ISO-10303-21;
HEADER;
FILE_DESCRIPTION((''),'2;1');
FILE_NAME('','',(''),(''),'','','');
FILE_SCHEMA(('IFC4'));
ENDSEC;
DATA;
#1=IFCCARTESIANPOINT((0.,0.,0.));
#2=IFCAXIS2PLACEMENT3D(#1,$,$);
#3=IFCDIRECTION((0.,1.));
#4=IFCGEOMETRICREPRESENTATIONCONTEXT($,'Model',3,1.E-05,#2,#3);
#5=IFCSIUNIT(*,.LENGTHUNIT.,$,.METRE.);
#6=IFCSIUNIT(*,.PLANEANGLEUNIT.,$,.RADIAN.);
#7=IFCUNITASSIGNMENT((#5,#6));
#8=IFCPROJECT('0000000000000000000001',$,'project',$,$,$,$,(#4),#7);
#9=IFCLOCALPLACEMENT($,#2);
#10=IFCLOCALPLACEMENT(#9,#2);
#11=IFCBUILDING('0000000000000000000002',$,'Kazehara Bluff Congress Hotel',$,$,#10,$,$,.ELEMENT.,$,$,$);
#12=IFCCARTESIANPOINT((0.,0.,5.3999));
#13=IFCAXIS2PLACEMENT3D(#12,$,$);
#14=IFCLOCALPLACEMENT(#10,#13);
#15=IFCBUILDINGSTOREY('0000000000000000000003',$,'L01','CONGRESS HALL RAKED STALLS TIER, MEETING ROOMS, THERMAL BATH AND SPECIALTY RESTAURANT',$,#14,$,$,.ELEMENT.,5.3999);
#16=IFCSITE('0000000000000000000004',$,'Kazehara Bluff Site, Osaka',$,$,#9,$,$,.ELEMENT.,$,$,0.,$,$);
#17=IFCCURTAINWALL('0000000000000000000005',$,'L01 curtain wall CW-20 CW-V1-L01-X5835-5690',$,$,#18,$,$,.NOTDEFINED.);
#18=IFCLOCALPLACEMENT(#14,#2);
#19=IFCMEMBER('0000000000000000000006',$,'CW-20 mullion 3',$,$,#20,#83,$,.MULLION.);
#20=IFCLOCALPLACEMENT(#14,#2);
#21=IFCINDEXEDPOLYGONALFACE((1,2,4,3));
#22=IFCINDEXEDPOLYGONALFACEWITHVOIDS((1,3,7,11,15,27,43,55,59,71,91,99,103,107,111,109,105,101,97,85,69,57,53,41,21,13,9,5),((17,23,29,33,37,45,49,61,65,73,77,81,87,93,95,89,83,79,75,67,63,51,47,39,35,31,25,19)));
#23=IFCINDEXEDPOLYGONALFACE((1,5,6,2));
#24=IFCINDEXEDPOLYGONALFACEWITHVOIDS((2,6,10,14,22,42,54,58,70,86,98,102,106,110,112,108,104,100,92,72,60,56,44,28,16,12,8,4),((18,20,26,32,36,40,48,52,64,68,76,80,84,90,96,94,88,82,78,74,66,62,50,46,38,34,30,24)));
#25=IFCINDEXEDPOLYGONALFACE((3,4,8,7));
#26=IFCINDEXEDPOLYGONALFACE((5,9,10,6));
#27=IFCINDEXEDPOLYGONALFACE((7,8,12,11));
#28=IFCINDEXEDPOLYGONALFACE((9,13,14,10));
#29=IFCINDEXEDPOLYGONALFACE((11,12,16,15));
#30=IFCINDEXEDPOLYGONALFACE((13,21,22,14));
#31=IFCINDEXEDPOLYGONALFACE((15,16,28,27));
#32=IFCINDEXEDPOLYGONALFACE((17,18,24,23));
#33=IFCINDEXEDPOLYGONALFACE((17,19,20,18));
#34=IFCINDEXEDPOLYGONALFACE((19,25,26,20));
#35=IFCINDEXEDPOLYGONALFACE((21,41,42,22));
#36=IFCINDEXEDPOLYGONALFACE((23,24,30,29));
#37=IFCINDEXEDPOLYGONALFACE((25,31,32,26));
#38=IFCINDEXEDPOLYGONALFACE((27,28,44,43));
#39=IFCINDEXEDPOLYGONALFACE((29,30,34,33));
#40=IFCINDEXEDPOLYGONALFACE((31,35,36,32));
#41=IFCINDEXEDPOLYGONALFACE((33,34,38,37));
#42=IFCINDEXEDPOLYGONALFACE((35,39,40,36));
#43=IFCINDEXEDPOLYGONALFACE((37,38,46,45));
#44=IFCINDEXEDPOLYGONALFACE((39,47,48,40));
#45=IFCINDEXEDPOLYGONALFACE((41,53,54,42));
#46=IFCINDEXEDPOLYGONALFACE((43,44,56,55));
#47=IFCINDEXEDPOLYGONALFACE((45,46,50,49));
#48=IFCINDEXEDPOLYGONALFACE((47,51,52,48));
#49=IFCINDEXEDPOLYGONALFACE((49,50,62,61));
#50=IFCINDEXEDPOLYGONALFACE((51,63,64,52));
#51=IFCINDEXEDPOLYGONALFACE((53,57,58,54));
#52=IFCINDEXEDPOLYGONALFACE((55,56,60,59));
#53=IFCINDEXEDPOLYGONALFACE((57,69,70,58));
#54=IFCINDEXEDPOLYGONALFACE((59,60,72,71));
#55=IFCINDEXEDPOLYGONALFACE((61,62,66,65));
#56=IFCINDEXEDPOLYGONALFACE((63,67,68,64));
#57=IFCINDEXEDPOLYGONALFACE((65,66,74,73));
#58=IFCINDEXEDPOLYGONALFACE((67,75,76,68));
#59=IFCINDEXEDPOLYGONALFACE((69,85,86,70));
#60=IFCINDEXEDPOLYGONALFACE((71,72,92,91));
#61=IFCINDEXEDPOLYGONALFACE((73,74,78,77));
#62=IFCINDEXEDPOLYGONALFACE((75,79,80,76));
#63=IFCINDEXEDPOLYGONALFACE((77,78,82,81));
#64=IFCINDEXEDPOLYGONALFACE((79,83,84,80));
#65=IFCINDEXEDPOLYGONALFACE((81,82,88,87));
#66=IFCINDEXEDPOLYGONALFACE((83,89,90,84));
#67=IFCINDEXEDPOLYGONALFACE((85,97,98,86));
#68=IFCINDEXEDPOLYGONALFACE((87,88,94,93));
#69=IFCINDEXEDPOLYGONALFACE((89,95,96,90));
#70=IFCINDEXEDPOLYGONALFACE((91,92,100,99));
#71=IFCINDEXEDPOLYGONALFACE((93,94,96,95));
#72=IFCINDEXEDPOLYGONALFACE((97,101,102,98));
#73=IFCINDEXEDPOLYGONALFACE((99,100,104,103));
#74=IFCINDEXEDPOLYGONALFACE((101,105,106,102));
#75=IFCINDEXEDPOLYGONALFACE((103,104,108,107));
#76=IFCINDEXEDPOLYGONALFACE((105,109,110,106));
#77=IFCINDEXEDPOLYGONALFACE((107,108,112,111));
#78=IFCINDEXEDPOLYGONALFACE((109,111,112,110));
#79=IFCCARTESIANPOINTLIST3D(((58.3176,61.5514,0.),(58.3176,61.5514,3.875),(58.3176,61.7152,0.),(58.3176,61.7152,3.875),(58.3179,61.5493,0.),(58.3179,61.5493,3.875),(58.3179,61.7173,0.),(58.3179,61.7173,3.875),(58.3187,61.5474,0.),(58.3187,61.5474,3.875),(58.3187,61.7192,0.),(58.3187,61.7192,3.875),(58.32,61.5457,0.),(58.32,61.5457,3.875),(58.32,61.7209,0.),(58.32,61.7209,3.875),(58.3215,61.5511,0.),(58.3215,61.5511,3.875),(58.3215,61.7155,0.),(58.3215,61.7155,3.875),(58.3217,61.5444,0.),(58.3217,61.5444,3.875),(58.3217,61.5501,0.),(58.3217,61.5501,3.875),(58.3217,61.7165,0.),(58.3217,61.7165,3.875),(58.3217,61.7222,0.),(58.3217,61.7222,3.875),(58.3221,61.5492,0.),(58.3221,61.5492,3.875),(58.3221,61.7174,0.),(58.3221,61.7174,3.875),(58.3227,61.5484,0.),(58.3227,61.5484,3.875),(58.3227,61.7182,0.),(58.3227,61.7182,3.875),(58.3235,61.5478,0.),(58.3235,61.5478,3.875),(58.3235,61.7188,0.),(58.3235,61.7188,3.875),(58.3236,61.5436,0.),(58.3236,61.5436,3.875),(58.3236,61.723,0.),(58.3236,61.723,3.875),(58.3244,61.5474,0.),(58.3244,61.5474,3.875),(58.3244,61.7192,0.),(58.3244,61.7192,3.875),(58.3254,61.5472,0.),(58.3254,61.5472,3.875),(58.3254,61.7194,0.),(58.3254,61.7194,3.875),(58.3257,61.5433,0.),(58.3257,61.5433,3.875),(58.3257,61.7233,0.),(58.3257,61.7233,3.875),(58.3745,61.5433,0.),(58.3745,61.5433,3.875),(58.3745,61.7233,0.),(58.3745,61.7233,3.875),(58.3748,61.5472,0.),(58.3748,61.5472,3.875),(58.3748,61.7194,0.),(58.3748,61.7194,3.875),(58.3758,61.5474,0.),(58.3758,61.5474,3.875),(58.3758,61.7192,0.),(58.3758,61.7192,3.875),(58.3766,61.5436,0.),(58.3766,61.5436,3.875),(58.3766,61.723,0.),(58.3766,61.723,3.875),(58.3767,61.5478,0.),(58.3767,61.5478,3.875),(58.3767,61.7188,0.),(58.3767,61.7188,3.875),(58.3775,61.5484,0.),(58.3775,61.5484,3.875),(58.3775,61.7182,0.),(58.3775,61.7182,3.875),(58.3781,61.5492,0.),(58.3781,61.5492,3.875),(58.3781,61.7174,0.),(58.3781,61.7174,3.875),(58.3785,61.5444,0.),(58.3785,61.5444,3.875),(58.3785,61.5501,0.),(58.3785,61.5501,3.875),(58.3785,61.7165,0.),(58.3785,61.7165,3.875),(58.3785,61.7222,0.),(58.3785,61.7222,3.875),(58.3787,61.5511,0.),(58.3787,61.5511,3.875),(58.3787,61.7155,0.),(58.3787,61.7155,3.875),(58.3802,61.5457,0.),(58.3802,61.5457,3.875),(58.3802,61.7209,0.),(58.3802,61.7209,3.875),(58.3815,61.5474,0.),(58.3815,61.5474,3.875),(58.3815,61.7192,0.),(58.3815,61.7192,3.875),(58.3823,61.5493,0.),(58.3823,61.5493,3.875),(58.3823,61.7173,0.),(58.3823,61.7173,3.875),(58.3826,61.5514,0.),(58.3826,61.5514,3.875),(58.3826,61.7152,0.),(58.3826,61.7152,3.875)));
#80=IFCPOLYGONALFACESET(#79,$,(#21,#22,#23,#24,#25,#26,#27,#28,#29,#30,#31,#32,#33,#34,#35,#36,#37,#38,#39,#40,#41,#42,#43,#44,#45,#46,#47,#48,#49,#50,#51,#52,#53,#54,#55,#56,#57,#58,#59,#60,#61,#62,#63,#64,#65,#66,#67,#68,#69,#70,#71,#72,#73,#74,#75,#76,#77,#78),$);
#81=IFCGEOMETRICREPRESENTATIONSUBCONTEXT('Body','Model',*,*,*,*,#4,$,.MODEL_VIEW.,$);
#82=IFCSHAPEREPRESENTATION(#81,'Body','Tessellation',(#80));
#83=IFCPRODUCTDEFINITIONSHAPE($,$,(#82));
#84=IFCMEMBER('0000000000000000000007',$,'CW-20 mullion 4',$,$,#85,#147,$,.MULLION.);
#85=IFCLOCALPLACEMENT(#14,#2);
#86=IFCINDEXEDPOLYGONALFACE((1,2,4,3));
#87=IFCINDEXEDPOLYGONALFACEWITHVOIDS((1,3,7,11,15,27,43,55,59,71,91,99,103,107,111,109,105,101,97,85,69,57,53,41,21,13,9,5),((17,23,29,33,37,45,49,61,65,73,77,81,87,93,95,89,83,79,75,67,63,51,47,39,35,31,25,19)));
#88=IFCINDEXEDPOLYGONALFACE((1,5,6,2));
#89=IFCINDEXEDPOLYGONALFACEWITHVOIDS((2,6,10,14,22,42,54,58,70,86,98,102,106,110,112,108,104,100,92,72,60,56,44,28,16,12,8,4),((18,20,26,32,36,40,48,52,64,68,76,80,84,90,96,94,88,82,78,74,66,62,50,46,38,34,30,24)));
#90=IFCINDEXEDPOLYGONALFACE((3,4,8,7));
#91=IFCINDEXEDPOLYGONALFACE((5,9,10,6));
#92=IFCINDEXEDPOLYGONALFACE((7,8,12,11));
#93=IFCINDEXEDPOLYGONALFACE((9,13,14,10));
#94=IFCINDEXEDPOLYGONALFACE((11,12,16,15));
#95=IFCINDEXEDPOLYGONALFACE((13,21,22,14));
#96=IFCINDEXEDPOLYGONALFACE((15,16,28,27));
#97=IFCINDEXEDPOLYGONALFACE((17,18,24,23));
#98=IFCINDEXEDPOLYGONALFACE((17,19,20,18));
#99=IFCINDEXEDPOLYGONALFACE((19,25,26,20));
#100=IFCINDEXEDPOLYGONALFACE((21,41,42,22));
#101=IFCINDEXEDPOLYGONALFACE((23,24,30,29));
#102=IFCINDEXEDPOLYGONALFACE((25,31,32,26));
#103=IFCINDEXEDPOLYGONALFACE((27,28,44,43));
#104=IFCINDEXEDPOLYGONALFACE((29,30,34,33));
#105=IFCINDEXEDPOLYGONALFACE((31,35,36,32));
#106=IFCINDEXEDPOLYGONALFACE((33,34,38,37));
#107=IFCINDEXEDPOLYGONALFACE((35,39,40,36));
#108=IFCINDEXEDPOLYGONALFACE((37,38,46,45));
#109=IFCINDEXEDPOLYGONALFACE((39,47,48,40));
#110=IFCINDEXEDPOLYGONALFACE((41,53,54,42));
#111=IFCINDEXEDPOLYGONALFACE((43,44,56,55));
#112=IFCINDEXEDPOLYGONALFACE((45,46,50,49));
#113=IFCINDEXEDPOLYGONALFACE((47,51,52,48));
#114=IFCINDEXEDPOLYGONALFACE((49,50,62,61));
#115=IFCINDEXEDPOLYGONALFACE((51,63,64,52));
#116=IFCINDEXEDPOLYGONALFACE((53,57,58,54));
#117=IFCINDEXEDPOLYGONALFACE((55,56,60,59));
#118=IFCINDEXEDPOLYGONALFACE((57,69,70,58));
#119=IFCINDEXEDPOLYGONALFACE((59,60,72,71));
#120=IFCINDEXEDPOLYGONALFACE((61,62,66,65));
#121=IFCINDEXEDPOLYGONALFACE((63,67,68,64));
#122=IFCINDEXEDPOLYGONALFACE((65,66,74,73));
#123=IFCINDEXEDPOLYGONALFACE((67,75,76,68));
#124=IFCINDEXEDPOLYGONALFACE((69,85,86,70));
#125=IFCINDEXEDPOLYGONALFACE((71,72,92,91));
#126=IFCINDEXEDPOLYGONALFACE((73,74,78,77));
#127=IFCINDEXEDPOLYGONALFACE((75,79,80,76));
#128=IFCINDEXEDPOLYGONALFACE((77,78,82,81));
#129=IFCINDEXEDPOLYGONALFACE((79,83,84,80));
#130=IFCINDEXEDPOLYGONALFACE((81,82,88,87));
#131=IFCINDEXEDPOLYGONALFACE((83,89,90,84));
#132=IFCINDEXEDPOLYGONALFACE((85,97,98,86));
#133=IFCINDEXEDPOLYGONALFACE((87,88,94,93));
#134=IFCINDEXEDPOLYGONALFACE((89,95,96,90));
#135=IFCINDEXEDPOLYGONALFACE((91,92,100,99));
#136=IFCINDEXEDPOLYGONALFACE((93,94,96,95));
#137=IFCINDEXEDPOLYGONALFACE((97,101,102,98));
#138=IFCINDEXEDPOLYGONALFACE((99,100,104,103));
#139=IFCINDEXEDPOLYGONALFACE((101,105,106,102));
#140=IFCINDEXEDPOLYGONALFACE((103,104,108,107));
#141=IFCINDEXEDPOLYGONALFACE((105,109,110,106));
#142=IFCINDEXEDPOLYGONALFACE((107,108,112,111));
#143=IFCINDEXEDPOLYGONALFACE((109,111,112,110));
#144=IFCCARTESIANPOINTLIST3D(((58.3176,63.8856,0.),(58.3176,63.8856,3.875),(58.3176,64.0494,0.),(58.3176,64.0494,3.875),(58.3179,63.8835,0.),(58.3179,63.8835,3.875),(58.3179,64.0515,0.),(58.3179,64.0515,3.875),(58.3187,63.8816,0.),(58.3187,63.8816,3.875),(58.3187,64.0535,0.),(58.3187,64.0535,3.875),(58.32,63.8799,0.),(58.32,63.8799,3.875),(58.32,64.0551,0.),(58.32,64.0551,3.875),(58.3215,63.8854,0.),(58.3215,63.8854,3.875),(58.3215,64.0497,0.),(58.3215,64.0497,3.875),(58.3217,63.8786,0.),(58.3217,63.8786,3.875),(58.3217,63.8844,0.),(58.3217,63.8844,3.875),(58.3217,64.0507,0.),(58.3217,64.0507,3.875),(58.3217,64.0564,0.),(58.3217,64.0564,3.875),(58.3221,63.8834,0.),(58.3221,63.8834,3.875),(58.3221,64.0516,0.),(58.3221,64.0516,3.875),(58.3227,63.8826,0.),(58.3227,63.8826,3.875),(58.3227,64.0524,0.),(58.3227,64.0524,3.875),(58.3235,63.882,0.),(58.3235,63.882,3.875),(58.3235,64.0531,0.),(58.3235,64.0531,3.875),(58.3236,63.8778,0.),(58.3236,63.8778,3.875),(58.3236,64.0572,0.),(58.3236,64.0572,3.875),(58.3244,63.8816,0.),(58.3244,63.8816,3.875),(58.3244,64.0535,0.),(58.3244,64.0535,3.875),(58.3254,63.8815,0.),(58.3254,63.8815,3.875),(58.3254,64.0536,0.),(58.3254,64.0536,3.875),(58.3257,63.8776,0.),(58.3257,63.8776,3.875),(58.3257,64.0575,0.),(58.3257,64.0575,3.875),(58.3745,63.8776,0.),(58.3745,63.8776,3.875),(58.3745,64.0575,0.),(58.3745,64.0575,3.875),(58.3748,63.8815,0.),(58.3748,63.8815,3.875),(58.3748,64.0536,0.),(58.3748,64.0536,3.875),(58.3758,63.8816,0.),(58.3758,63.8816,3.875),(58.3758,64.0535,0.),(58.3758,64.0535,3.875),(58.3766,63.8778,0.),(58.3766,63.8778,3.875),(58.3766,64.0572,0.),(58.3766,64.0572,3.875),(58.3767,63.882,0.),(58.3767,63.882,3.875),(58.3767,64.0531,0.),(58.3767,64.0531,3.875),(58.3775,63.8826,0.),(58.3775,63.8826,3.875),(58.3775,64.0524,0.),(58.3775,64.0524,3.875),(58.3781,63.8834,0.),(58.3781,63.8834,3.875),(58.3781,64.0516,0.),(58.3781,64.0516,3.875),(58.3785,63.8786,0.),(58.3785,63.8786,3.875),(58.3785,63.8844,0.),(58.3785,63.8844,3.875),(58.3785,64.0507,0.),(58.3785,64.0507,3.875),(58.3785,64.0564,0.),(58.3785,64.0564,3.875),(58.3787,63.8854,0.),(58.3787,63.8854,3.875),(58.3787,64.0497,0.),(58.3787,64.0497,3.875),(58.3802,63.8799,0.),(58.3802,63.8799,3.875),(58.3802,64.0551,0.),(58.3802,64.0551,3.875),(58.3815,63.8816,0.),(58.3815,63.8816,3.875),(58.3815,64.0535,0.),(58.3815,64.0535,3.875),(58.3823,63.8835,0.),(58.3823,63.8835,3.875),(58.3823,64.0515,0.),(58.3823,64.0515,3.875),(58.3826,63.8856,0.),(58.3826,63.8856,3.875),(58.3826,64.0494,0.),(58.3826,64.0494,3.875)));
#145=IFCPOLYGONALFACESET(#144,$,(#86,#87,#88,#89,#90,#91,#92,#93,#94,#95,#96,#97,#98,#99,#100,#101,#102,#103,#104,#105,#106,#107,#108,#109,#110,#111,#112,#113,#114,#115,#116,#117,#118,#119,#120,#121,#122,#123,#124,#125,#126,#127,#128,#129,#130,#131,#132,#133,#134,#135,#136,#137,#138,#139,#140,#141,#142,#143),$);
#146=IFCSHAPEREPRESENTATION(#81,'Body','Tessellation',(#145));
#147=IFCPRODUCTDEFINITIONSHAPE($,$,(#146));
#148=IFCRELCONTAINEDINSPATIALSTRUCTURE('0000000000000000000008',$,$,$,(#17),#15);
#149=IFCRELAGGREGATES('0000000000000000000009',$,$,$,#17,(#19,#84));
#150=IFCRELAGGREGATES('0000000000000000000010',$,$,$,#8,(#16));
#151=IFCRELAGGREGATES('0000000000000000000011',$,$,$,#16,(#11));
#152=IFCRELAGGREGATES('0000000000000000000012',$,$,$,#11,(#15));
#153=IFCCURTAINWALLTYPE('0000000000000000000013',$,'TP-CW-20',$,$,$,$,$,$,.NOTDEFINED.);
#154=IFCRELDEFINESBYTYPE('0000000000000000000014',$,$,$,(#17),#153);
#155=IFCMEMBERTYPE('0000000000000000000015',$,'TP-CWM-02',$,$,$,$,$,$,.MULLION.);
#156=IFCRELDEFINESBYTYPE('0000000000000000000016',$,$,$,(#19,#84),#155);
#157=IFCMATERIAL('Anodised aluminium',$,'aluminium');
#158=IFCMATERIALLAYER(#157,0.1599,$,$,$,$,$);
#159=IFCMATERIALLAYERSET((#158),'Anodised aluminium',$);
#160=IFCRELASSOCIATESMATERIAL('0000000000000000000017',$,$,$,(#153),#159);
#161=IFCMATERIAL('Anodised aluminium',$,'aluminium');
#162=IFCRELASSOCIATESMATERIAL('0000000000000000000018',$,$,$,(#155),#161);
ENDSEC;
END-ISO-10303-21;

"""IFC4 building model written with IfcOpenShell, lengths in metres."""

from ifc_helpers import new_model, si_unit, direction, frame, origin, origin_2d, place, context, subcontext, project, spatial, hollow_rectangle, extrude, material, layer, layer_set, material_profile, profile_set, type_object, element, aggregate, save


model = new_model("IFC4")

# Units and contexts
model_context = context("Model", 3, precision=1e-05, world=origin(), true_north=direction((0.0, 1.0)))
body_context = subcontext(model_context, "Body", "Model", "MODEL_VIEW")
ifc_project = project(units=[si_unit("LENGTHUNIT", "METRE"), si_unit("PLANEANGLEUNIT", "RADIAN")], contexts=[model_context])

# Site, building, storey
site_placement = place(None, origin())
site = spatial("IfcSite", under=ifc_project, at=site_placement, Name="Kazehara Bluff Site, Osaka", CompositionType="ELEMENT", RefElevation=0.0)
building_placement = place(site_placement, origin())
building = spatial("IfcBuilding", under=site, at=building_placement, Name="Kazehara Bluff Congress Hotel", CompositionType="ELEMENT")
storey_placement = place(building_placement, frame((0.0, 0.0, 5.3999)))
storey = spatial("IfcBuildingStorey", under=building, at=storey_placement, Name="L01", Description="CONGRESS HALL RAKED STALLS TIER, MEETING ROOMS, THERMAL BATH AND SPECIALTY RESTAURANT", CompositionType="ELEMENT", Elevation=5.3999)

# Curtain wall, members
ifc_material_1 = material(Name="Anodised aluminium", Category="aluminium")
ifc_layer_1 = layer(ifc_material_1, 0.1599)
ifc_layer_set_1 = layer_set([ifc_layer_1], Name="Anodised aluminium")
curtain_wall_type = type_object("IfcCurtainWallType", Name="TP-CW-20", PredefinedType="NOTDEFINED", material=ifc_layer_set_1)
curtain_wall_1_placement = place(storey_placement, origin())
curtain_wall_1 = element("IfcCurtainWall", 1, at=curtain_wall_1_placement, inside=storey, type_object=curtain_wall_type, Name="L01 curtain wall CW-20 CW-V1-L01-X5835-5690", PredefinedType="NOTDEFINED")
ifc_material_2 = material(Name="Anodised aluminium", Category="aluminium")
ifc_material_profile_1 = material_profile(ifc_material_2, hollow_rectangle(XDim=0.0649, YDim=0.1799, WallThickness=0.0039, InnerFilletRadius=0.0039, OuterFilletRadius=0.0081, at=origin_2d()))
ifc_profile_set_1 = profile_set([ifc_material_profile_1], Name="Anodised aluminium")
member_type_1 = type_object("IfcMemberType", Name="TP-CWM-02", PredefinedType="MULLION", material=ifc_profile_set_1)
member_1_placement = place(storey_placement, frame((58.3501, 61.6333, 0.0), z_axis=(0.0, 0.0, 1.0), x_axis=(-1.0, 0.0, 0.0)))
member_1 = element("IfcMember", 2, at=member_1_placement, type_object=member_type_1, Name="CW-20 mullion 3", PredefinedType="MULLION", context=body_context, shape_type="SweptSolid", body=[
    extrude(hollow_rectangle(XDim=0.0649, YDim=0.1799, WallThickness=0.0039, InnerFilletRadius=0.0039, OuterFilletRadius=0.0081, at=origin_2d()), origin(), (0.0, 0.0, 1.0), 3.875),
])
member_2_placement = place(storey_placement, frame((58.3501, 63.9675, 0.0), z_axis=(0.0, 0.0, 1.0), x_axis=(-1.0, 0.0, 0.0)))
member_2 = element("IfcMember", 3, at=member_2_placement, type_object=member_type_1, Name="CW-20 mullion 4", PredefinedType="MULLION", context=body_context, shape_type="SweptSolid", body=[
    extrude(hollow_rectangle(XDim=0.0649, YDim=0.1799, WallThickness=0.0039, InnerFilletRadius=0.0039, OuterFilletRadius=0.0081, at=origin_2d()), origin(), (0.0, 0.0, 1.0), 3.875),
])

aggregate(curtain_wall_1, [member_1, member_2])

save(model, "model.ifc")
